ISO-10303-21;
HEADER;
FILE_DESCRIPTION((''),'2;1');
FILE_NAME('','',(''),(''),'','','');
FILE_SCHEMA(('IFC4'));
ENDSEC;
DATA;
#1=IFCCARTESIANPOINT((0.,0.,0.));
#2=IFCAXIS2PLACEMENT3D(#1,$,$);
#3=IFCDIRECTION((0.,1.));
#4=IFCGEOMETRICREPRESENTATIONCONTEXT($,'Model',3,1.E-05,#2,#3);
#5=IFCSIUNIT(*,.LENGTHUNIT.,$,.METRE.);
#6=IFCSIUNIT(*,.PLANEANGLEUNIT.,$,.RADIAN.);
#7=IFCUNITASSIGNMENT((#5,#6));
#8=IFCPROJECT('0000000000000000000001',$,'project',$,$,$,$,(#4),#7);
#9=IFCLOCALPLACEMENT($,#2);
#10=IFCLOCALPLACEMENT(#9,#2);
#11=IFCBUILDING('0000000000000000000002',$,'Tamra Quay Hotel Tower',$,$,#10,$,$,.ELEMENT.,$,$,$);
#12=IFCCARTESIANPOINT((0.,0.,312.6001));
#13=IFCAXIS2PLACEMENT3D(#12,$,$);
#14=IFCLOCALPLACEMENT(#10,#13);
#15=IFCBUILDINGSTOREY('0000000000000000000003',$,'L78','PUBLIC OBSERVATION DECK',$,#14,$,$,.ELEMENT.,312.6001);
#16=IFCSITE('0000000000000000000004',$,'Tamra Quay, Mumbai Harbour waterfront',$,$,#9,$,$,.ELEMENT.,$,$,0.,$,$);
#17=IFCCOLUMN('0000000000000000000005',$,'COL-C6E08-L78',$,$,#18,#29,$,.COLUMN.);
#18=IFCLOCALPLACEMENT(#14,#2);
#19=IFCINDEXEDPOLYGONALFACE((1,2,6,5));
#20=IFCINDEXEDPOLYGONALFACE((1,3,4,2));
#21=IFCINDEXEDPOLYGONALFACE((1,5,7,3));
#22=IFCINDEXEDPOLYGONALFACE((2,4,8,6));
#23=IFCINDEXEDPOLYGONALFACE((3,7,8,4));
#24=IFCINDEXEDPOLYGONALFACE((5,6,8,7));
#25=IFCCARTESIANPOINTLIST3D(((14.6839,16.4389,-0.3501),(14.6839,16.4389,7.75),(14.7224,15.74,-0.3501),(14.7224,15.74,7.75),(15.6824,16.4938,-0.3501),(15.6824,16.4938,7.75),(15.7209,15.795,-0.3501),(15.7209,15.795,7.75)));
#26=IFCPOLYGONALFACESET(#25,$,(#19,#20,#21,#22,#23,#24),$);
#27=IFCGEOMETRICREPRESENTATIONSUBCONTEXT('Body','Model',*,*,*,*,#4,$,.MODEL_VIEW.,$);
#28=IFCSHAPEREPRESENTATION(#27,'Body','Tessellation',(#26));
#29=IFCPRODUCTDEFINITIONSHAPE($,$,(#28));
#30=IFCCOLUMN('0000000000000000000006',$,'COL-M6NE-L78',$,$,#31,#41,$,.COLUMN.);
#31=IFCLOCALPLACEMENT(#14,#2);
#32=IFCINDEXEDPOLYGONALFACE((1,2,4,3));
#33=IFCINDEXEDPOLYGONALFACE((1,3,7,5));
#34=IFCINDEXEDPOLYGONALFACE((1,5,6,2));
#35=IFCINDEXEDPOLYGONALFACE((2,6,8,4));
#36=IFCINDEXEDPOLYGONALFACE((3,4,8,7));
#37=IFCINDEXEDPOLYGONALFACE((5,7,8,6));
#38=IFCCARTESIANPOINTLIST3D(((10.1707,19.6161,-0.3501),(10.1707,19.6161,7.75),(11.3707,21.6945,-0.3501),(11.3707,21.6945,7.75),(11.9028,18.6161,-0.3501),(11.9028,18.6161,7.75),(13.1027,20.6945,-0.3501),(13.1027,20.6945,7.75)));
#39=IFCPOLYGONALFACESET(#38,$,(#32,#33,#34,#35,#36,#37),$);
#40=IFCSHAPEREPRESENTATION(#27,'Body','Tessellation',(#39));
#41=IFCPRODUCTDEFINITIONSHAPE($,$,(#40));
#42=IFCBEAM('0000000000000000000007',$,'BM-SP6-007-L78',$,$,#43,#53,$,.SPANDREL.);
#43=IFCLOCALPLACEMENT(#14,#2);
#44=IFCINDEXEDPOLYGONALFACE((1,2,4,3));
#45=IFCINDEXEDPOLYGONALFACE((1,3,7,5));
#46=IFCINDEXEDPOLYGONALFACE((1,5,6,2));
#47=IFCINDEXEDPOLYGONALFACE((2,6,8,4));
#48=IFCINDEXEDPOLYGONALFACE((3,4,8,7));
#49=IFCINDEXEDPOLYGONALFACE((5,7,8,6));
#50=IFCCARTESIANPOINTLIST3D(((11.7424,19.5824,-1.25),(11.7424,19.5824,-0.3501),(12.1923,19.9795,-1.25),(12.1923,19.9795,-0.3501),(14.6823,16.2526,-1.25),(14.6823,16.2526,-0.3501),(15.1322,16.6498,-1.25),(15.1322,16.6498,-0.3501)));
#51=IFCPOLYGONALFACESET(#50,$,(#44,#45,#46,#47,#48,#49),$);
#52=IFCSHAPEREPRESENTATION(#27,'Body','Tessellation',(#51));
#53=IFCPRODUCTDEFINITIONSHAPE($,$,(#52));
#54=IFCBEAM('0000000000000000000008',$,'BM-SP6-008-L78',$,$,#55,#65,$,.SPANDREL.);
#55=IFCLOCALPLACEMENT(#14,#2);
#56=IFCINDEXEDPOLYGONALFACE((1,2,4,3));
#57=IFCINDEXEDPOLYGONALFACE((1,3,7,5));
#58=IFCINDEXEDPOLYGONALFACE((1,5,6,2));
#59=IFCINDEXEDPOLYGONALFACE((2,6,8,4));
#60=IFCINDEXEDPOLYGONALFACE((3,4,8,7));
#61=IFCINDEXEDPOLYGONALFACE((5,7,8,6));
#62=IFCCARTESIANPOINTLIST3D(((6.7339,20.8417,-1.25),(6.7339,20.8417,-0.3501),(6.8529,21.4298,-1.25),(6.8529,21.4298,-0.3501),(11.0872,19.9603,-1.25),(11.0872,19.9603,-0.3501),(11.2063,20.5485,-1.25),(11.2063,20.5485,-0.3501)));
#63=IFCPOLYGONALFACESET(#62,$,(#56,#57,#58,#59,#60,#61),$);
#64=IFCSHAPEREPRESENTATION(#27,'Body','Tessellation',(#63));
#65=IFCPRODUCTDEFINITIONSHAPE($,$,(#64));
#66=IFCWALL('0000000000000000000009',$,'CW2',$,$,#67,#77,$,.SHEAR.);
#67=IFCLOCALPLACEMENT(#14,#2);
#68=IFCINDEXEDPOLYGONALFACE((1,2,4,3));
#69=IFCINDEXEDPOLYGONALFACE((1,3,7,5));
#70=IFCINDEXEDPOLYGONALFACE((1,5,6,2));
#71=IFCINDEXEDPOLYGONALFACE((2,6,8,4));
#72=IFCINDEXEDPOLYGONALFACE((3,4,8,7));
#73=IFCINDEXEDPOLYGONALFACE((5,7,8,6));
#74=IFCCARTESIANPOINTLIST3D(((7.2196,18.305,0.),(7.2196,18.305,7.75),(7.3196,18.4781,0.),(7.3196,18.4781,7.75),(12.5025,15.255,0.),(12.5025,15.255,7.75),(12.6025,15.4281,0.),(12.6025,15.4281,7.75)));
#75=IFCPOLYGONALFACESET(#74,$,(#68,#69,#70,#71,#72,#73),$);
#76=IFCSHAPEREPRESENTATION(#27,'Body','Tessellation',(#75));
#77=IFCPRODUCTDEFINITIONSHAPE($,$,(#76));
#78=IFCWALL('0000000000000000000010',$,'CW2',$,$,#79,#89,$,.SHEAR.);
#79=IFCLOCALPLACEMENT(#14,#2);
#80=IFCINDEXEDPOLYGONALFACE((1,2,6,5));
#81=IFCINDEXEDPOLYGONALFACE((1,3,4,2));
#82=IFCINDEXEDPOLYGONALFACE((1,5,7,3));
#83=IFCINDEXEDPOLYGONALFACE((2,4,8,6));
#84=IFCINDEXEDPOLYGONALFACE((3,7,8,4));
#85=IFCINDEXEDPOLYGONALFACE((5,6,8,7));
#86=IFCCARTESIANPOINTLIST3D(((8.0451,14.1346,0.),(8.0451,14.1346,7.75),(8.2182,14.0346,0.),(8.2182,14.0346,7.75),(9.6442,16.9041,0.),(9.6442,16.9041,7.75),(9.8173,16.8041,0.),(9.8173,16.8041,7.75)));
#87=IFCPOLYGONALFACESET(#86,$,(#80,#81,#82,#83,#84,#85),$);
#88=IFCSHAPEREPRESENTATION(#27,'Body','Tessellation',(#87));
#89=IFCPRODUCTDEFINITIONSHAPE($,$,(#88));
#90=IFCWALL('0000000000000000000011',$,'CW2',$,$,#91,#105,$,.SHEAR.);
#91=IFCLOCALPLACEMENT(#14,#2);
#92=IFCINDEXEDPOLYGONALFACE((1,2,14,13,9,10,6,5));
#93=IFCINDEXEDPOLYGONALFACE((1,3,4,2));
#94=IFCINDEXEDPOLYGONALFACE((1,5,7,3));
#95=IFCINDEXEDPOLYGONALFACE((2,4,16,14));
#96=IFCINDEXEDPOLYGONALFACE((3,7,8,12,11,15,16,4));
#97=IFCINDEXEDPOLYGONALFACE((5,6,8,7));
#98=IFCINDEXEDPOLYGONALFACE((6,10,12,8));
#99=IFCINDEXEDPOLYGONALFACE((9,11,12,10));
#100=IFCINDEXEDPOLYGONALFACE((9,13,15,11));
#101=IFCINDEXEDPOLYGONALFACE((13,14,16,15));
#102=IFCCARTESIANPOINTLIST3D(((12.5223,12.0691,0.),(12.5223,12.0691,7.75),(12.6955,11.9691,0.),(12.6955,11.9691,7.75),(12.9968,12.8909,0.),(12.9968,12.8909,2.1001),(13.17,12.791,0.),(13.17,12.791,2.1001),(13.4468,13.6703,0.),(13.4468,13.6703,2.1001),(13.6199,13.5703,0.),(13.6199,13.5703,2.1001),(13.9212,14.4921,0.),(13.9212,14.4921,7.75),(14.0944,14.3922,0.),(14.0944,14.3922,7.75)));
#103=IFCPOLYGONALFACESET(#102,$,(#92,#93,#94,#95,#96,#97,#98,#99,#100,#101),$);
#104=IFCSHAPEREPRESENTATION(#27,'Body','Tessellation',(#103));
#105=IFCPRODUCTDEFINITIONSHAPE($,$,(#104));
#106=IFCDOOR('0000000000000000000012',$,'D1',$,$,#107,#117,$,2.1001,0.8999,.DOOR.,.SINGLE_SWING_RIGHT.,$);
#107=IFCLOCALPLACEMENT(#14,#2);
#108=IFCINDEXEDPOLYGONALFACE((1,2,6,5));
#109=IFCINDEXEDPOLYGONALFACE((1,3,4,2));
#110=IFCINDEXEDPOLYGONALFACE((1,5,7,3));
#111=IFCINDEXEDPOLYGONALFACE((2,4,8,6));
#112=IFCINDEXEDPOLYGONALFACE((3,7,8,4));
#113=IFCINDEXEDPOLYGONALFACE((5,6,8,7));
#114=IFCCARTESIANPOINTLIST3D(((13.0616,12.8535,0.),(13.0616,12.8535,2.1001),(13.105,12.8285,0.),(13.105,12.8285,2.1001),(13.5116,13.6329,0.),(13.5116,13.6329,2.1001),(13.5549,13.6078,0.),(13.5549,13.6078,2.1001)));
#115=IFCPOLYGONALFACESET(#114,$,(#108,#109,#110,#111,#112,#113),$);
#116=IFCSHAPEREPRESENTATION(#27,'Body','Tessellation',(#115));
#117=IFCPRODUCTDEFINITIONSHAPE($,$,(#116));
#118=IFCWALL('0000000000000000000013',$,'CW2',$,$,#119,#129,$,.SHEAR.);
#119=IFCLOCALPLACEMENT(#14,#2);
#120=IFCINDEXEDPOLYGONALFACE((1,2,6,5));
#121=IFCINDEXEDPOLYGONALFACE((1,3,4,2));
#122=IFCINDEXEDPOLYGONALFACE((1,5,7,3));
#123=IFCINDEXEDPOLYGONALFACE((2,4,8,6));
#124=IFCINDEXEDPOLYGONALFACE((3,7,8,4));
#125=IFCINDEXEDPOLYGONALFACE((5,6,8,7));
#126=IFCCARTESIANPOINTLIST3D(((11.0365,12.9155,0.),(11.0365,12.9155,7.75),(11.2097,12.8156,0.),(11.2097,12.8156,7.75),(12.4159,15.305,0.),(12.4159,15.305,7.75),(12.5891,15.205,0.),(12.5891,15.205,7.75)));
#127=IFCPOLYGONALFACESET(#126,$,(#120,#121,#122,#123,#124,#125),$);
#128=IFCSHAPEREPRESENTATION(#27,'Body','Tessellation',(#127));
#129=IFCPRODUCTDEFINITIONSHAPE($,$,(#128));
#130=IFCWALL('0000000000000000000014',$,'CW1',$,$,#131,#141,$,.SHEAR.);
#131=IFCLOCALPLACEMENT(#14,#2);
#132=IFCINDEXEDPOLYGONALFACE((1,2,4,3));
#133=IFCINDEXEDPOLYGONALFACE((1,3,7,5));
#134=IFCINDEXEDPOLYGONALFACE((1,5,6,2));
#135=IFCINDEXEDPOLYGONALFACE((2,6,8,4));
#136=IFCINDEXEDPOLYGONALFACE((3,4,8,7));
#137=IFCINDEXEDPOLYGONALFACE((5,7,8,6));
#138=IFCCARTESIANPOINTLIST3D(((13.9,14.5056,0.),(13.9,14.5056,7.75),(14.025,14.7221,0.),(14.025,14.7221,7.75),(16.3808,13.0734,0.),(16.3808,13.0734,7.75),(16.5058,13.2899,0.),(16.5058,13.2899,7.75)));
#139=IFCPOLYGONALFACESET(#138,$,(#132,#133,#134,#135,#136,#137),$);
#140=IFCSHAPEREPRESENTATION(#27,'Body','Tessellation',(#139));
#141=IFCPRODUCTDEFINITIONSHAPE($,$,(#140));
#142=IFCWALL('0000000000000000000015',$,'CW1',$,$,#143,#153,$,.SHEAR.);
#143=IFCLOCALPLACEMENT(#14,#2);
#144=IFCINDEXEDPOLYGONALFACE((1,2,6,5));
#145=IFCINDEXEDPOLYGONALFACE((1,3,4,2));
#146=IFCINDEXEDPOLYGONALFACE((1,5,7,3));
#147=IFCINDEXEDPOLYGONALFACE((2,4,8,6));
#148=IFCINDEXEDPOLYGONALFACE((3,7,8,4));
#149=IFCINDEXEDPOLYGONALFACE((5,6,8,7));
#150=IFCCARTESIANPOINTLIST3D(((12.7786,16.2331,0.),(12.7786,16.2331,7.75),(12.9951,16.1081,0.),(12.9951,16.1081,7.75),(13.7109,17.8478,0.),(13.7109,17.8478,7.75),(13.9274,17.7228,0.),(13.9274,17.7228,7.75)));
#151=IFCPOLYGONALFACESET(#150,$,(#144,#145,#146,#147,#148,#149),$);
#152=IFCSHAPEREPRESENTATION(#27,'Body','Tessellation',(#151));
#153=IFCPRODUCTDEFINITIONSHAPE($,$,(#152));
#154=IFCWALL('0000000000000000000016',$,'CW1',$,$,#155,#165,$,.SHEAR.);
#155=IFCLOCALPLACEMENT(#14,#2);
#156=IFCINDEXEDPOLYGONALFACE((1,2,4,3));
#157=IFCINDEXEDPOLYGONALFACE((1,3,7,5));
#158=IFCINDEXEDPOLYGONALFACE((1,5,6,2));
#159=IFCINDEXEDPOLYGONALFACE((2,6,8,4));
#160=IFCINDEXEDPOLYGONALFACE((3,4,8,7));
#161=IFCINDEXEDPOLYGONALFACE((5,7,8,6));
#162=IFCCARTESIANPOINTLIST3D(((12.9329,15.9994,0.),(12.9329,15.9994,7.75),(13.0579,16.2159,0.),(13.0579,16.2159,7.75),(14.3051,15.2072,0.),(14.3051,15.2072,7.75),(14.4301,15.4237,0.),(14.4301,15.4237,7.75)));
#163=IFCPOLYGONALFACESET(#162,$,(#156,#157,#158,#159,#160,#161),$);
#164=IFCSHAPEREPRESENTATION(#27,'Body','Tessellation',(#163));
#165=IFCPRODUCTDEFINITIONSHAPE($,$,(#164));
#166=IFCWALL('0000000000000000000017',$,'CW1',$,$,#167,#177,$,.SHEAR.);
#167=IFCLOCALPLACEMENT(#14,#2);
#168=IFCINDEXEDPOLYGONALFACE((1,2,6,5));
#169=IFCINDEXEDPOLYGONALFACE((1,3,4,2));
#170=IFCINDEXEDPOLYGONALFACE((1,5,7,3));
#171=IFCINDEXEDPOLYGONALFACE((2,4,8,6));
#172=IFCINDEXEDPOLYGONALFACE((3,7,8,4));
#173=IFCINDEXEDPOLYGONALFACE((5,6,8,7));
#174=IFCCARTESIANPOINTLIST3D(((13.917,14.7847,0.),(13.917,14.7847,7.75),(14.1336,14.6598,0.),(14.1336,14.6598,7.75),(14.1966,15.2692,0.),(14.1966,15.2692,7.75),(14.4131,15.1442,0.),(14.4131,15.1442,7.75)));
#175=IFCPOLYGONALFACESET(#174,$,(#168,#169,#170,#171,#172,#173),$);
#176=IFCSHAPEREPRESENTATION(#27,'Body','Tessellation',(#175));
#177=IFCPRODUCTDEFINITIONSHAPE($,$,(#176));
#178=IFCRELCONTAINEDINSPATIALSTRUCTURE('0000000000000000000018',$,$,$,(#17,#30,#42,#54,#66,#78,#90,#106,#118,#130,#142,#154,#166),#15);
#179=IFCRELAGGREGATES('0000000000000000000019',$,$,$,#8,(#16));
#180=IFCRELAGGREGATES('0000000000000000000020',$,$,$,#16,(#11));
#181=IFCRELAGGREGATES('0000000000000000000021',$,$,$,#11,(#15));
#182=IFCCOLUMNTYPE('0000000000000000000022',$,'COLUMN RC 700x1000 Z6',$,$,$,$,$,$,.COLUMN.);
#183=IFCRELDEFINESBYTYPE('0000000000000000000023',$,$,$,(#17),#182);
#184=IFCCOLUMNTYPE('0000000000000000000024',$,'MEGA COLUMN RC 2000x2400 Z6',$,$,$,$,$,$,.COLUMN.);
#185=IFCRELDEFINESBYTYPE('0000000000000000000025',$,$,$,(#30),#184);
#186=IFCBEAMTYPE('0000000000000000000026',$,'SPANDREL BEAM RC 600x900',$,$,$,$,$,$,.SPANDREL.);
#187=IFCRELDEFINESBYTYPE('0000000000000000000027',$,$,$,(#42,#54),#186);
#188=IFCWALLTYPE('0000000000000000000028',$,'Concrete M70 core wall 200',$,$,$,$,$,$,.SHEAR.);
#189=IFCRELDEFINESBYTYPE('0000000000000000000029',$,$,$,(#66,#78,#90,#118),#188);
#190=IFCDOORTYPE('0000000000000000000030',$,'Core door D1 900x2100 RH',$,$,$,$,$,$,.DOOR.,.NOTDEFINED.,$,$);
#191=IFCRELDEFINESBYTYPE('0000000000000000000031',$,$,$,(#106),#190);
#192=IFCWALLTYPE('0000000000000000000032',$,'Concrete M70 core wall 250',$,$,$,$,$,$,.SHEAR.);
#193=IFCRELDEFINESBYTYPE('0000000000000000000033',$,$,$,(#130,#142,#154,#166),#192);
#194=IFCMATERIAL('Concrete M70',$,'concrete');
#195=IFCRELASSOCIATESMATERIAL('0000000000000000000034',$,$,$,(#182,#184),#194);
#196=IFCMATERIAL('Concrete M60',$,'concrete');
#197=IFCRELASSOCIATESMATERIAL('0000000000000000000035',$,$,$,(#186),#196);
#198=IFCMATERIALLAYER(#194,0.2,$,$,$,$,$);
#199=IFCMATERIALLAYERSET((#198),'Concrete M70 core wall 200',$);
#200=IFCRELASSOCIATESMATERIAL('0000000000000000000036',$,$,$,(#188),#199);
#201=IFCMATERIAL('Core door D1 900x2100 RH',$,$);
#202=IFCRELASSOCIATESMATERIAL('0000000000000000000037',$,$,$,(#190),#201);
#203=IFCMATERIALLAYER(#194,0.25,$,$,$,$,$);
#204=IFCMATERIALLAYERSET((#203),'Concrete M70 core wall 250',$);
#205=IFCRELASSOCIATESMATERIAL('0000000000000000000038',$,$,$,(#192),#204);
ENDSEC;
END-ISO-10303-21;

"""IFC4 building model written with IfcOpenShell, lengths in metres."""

from ifc_helpers import new_model, si_unit, direction, frame, frame_2d, origin, origin_2d, place, context, subcontext, project, spatial, rectangle, extrude, material, layer, layer_set, material_profile, profile_set, type_object, element, fill, save


model = new_model("IFC4")

# Units and contexts
model_context = context("Model", 3, precision=1e-05, world=origin(), true_north=direction((0.0, 1.0)))
body_context = subcontext(model_context, "Body", "Model", "MODEL_VIEW")
ifc_project = project(units=[si_unit("LENGTHUNIT", "METRE"), si_unit("PLANEANGLEUNIT", "RADIAN")], contexts=[model_context])

# Site, building, storey
site_placement = place(None, origin())
site = spatial("IfcSite", under=ifc_project, at=site_placement, Name="Tamra Quay, Mumbai Harbour waterfront", CompositionType="ELEMENT", RefElevation=0.0)
building_placement = place(site_placement, origin())
building = spatial("IfcBuilding", under=site, at=building_placement, Name="Tamra Quay Hotel Tower", CompositionType="ELEMENT")
storey_placement = place(building_placement, frame((0.0, 0.0, 312.6001)))
storey = spatial("IfcBuildingStorey", under=building, at=storey_placement, Name="L78", Description="PUBLIC OBSERVATION DECK", CompositionType="ELEMENT", Elevation=312.6001)

# Columns
ifc_material_1 = material(Name="Concrete M70", Category="concrete")
ifc_material_profile_1 = material_profile(ifc_material_1, rectangle(XDim=1.0, YDim=0.7, at=origin_2d()), Name="COLUMN RC 700x1000 Z6")
ifc_profile_set_1 = profile_set([ifc_material_profile_1], Name="Concrete M70")
column_type_1 = type_object("IfcColumnType", Name="COLUMN RC 700x1000 Z6", PredefinedType="COLUMN", material=ifc_profile_set_1)
column_1_placement = place(storey_placement, frame((15.2024, 16.1169, -0.3501), z_axis=(0.0, 0.0, 1.0), x_axis=(0.998491, 0.054917, 0.0)))
element("IfcColumn", 1, at=column_1_placement, inside=storey, type_object=column_type_1, Name="COL-C6E08-L78", PredefinedType="COLUMN", context=body_context, shape_type="SweptSolid", body=[
    extrude(rectangle(XDim=1.0, YDim=0.7, at=origin_2d()), origin(), (0.0, 0.0, 1.0), 8.1001),
])
ifc_material_profile_2 = material_profile(ifc_material_1, rectangle(XDim=2.3999, YDim=2.0, at=origin_2d()), Name="MEGA COLUMN RC 2000x2400 Z6")
ifc_profile_set_2 = profile_set([ifc_material_profile_2], Name="Concrete M70")
column_type_2 = type_object("IfcColumnType", Name="MEGA COLUMN RC 2000x2400 Z6", PredefinedType="COLUMN", material=ifc_profile_set_2)
column_2_placement = place(storey_placement, frame((11.6367, 20.1553, -0.3501), z_axis=(0.0, 0.0, 1.0), x_axis=(0.5, 0.866025, 0.0)))
element("IfcColumn", 2, at=column_2_placement, inside=storey, type_object=column_type_2, Name="COL-M6NE-L78", PredefinedType="COLUMN", context=body_context, shape_type="SweptSolid", body=[
    extrude(rectangle(XDim=2.3999, YDim=2.0, at=origin_2d()), origin(), (0.0, 0.0, 1.0), 8.1001),
])

# Beams
ifc_material_2 = material(Name="Concrete M60", Category="concrete")
ifc_material_profile_3 = material_profile(ifc_material_2, rectangle(XDim=0.6001, YDim=0.8999, at=origin_2d()), Name="SPANDREL BEAM RC 600x900")
ifc_profile_set_3 = profile_set([ifc_material_profile_3], Name="Concrete M60")
beam_type = type_object("IfcBeamType", Name="SPANDREL BEAM RC 600x900", PredefinedType="SPANDREL", material=ifc_profile_set_3)
beam_1_placement = place(storey_placement, frame((14.9072, 16.4512, -0.8), z_axis=(-0.661856, 0.749631, 0.0), x_axis=(-0.749631, -0.661856, 0.0)))
element("IfcBeam", 3, at=beam_1_placement, inside=storey, type_object=beam_type, Name="BM-SP6-007-L78", PredefinedType="SPANDREL", context=body_context, shape_type="SweptSolid", body=[
    extrude(rectangle(XDim=0.6001, YDim=0.8999, at=origin_2d()), origin(), (0.0, 0.0, 1.0), 4.4419),
])
beam_2_placement = place(storey_placement, frame((11.1467, 20.2544, -0.8), z_axis=(-0.980115, 0.198431, 0.0), x_axis=(-0.198431, -0.980115, 0.0)))
element("IfcBeam", 4, at=beam_2_placement, inside=storey, type_object=beam_type, Name="BM-SP6-008-L78", PredefinedType="SPANDREL", context=body_context, shape_type="SweptSolid", body=[
    extrude(rectangle(XDim=0.6001, YDim=0.8999, at=origin_2d()), origin(), (0.0, 0.0, 1.0), 4.4417),
])

# Walls
ifc_layer_1 = layer(ifc_material_1, 0.2)
ifc_layer_set_1 = layer_set([ifc_layer_1], Name="Concrete M70 core wall 200")
wall_type_1 = type_object("IfcWallType", Name="Concrete M70 core wall 200", PredefinedType="SHEAR", material=ifc_layer_set_1)
wall_1_placement = place(storey_placement, frame((12.5525, 15.3416, 0.0), z_axis=(0.0, 0.0, 1.0), x_axis=(-0.86603, 0.499992, 0.0)))
element("IfcWall", 5, at=wall_1_placement, inside=storey, type_object=wall_type_1, Name="CW2", PredefinedType="SHEAR", context=body_context, shape_type="SweptSolid", body=[
    extrude(rectangle(XDim=6.1001, YDim=0.2, at=frame_2d((3.05, 0.0))), origin(), (0.0, 0.0, 1.0), 7.75),
])
wall_2_placement = place(storey_placement, frame((8.1316, 14.0845, 0.0), z_axis=(0.0, 0.0, 1.0), x_axis=(0.500031, 0.866008, 0.0)))
element("IfcWall", 6, at=wall_2_placement, inside=storey, type_object=wall_type_1, Name="CW2", PredefinedType="SHEAR", context=body_context, shape_type="SweptSolid", body=[
    extrude(rectangle(XDim=3.198, YDim=0.2, at=frame_2d((1.5991, 0.0))), origin(), (0.0, 0.0, 1.0), 7.75),
])

# Wall, opening, door
wall_3_placement = place(storey_placement, frame((14.0078, 14.4421, 0.0), z_axis=(0.0, 0.0, 1.0), x_axis=(-0.499987, -0.866033, 0.0)))
wall_3 = element("IfcWall", 7, at=wall_3_placement, inside=storey, type_object=wall_type_1, Name="CW2", PredefinedType="SHEAR", context=body_context, shape_type="SweptSolid", body=[
    extrude(rectangle(XDim=2.7979, YDim=0.2, at=frame_2d((1.3989, 0.0))), origin(), (0.0, 0.0, 1.0), 7.75),
])
opening_placement = place(wall_3_placement, frame((0.949, 0.0, 0.0)))
opening = element("IfcOpeningElement", 8, at=opening_placement, cuts=wall_3, PredefinedType="OPENING", context=body_context, shape_type="SweptSolid", body=[
    extrude(rectangle(XDim=0.8999, YDim=2.1001, at=frame_2d((0.45, 1.05))), frame((0.0, 0.1099, 0.0), z_axis=(0.0, -1.0, 0.0), x_axis=(1.0, 0.0, 0.0)), (0.0, 0.0, 1.0), 0.22),
])
ifc_material_3 = material(Name="Core door D1 900x2100 RH")
door_type = type_object("IfcDoorType", Name="Core door D1 900x2100 RH", OperationType="NOTDEFINED", PredefinedType="DOOR", material=ifc_material_3)
door_placement = place(opening_placement, origin())
door = element("IfcDoor", 9, at=door_placement, inside=storey, type_object=door_type, Name="D1", OperationType="SINGLE_SWING_RIGHT", OverallHeight=2.1001, OverallWidth=0.8999, PredefinedType="DOOR", context=body_context, shape_type="SweptSolid", body=[
    extrude(rectangle(XDim=0.8999, YDim=2.1001, at=frame_2d((0.45, 1.05))), frame((0.0, 0.0249, 0.0), z_axis=(0.0, -1.0, 0.0), x_axis=(1.0, 0.0, 0.0)), (0.0, 0.0, 1.0), 0.05),
])
fill(opening, door)

# Walls
wall_4_placement = place(storey_placement, frame((12.5024, 15.2549, 0.0), z_axis=(0.0, 0.0, 1.0), x_axis=(-0.499965, -0.866046, 0.0)))
element("IfcWall", 10, at=wall_4_placement, inside=storey, type_object=wall_type_1, Name="CW2", PredefinedType="SHEAR", context=body_context, shape_type="SweptSolid", body=[
    extrude(rectangle(XDim=2.759, YDim=0.2, at=frame_2d((1.3794, 0.0))), origin(), (0.0, 0.0, 1.0), 7.75),
])
ifc_layer_2 = layer(ifc_material_1, 0.25)
ifc_layer_set_2 = layer_set([ifc_layer_2], Name="Concrete M70 core wall 250")
wall_type_2 = type_object("IfcWallType", Name="Concrete M70 core wall 250", PredefinedType="SHEAR", material=ifc_layer_set_2)
wall_5_placement = place(storey_placement, frame((13.9626, 14.6138, 0.0), z_axis=(0.0, 0.0, 1.0), x_axis=(0.866042, -0.499971, 0.0)))
element("IfcWall", 11, at=wall_5_placement, inside=storey, type_object=wall_type_2, Name="CW1", PredefinedType="SHEAR", context=body_context, shape_type="SweptSolid", body=[
    extrude(rectangle(XDim=2.8645, YDim=0.25, at=frame_2d((1.4321, 0.0))), origin(), (0.0, 0.0, 1.0), 7.75),
])
wall_6_placement = place(storey_placement, frame((13.8191, 17.7852, 0.0), z_axis=(0.0, 0.0, 1.0), x_axis=(-0.50004, -0.866002, 0.0)))
element("IfcWall", 12, at=wall_6_placement, inside=storey, type_object=wall_type_2, Name="CW1", PredefinedType="SHEAR", context=body_context, shape_type="SweptSolid", body=[
    extrude(rectangle(XDim=1.8645, YDim=0.25, at=frame_2d((0.9321, 0.0))), origin(), (0.0, 0.0, 1.0), 7.75),
])
wall_7_placement = place(storey_placement, frame((12.9954, 16.1077, 0.0), z_axis=(0.0, 0.0, 1.0), x_axis=(0.866044, -0.499967, 0.0)))
element("IfcWall", 13, at=wall_7_placement, inside=storey, type_object=wall_type_2, Name="CW1", PredefinedType="SHEAR", context=body_context, shape_type="SweptSolid", body=[
    extrude(rectangle(XDim=1.5845, YDim=0.25, at=frame_2d((0.7922, 0.0))), origin(), (0.0, 0.0, 1.0), 7.75),
])
wall_8_placement = place(storey_placement, frame((14.3049, 15.2068, 0.0), z_axis=(0.0, 0.0, 1.0), x_axis=(-0.499848, -0.866113, 0.0)))
element("IfcWall", 14, at=wall_8_placement, inside=storey, type_object=wall_type_2, Name="CW1", PredefinedType="SHEAR", context=body_context, shape_type="SweptSolid", body=[
    extrude(rectangle(XDim=0.5593, YDim=0.25, at=frame_2d((0.2798, 0.0))), origin(), (0.0, 0.0, 1.0), 7.75),
])

save(model, "model.ifc")
